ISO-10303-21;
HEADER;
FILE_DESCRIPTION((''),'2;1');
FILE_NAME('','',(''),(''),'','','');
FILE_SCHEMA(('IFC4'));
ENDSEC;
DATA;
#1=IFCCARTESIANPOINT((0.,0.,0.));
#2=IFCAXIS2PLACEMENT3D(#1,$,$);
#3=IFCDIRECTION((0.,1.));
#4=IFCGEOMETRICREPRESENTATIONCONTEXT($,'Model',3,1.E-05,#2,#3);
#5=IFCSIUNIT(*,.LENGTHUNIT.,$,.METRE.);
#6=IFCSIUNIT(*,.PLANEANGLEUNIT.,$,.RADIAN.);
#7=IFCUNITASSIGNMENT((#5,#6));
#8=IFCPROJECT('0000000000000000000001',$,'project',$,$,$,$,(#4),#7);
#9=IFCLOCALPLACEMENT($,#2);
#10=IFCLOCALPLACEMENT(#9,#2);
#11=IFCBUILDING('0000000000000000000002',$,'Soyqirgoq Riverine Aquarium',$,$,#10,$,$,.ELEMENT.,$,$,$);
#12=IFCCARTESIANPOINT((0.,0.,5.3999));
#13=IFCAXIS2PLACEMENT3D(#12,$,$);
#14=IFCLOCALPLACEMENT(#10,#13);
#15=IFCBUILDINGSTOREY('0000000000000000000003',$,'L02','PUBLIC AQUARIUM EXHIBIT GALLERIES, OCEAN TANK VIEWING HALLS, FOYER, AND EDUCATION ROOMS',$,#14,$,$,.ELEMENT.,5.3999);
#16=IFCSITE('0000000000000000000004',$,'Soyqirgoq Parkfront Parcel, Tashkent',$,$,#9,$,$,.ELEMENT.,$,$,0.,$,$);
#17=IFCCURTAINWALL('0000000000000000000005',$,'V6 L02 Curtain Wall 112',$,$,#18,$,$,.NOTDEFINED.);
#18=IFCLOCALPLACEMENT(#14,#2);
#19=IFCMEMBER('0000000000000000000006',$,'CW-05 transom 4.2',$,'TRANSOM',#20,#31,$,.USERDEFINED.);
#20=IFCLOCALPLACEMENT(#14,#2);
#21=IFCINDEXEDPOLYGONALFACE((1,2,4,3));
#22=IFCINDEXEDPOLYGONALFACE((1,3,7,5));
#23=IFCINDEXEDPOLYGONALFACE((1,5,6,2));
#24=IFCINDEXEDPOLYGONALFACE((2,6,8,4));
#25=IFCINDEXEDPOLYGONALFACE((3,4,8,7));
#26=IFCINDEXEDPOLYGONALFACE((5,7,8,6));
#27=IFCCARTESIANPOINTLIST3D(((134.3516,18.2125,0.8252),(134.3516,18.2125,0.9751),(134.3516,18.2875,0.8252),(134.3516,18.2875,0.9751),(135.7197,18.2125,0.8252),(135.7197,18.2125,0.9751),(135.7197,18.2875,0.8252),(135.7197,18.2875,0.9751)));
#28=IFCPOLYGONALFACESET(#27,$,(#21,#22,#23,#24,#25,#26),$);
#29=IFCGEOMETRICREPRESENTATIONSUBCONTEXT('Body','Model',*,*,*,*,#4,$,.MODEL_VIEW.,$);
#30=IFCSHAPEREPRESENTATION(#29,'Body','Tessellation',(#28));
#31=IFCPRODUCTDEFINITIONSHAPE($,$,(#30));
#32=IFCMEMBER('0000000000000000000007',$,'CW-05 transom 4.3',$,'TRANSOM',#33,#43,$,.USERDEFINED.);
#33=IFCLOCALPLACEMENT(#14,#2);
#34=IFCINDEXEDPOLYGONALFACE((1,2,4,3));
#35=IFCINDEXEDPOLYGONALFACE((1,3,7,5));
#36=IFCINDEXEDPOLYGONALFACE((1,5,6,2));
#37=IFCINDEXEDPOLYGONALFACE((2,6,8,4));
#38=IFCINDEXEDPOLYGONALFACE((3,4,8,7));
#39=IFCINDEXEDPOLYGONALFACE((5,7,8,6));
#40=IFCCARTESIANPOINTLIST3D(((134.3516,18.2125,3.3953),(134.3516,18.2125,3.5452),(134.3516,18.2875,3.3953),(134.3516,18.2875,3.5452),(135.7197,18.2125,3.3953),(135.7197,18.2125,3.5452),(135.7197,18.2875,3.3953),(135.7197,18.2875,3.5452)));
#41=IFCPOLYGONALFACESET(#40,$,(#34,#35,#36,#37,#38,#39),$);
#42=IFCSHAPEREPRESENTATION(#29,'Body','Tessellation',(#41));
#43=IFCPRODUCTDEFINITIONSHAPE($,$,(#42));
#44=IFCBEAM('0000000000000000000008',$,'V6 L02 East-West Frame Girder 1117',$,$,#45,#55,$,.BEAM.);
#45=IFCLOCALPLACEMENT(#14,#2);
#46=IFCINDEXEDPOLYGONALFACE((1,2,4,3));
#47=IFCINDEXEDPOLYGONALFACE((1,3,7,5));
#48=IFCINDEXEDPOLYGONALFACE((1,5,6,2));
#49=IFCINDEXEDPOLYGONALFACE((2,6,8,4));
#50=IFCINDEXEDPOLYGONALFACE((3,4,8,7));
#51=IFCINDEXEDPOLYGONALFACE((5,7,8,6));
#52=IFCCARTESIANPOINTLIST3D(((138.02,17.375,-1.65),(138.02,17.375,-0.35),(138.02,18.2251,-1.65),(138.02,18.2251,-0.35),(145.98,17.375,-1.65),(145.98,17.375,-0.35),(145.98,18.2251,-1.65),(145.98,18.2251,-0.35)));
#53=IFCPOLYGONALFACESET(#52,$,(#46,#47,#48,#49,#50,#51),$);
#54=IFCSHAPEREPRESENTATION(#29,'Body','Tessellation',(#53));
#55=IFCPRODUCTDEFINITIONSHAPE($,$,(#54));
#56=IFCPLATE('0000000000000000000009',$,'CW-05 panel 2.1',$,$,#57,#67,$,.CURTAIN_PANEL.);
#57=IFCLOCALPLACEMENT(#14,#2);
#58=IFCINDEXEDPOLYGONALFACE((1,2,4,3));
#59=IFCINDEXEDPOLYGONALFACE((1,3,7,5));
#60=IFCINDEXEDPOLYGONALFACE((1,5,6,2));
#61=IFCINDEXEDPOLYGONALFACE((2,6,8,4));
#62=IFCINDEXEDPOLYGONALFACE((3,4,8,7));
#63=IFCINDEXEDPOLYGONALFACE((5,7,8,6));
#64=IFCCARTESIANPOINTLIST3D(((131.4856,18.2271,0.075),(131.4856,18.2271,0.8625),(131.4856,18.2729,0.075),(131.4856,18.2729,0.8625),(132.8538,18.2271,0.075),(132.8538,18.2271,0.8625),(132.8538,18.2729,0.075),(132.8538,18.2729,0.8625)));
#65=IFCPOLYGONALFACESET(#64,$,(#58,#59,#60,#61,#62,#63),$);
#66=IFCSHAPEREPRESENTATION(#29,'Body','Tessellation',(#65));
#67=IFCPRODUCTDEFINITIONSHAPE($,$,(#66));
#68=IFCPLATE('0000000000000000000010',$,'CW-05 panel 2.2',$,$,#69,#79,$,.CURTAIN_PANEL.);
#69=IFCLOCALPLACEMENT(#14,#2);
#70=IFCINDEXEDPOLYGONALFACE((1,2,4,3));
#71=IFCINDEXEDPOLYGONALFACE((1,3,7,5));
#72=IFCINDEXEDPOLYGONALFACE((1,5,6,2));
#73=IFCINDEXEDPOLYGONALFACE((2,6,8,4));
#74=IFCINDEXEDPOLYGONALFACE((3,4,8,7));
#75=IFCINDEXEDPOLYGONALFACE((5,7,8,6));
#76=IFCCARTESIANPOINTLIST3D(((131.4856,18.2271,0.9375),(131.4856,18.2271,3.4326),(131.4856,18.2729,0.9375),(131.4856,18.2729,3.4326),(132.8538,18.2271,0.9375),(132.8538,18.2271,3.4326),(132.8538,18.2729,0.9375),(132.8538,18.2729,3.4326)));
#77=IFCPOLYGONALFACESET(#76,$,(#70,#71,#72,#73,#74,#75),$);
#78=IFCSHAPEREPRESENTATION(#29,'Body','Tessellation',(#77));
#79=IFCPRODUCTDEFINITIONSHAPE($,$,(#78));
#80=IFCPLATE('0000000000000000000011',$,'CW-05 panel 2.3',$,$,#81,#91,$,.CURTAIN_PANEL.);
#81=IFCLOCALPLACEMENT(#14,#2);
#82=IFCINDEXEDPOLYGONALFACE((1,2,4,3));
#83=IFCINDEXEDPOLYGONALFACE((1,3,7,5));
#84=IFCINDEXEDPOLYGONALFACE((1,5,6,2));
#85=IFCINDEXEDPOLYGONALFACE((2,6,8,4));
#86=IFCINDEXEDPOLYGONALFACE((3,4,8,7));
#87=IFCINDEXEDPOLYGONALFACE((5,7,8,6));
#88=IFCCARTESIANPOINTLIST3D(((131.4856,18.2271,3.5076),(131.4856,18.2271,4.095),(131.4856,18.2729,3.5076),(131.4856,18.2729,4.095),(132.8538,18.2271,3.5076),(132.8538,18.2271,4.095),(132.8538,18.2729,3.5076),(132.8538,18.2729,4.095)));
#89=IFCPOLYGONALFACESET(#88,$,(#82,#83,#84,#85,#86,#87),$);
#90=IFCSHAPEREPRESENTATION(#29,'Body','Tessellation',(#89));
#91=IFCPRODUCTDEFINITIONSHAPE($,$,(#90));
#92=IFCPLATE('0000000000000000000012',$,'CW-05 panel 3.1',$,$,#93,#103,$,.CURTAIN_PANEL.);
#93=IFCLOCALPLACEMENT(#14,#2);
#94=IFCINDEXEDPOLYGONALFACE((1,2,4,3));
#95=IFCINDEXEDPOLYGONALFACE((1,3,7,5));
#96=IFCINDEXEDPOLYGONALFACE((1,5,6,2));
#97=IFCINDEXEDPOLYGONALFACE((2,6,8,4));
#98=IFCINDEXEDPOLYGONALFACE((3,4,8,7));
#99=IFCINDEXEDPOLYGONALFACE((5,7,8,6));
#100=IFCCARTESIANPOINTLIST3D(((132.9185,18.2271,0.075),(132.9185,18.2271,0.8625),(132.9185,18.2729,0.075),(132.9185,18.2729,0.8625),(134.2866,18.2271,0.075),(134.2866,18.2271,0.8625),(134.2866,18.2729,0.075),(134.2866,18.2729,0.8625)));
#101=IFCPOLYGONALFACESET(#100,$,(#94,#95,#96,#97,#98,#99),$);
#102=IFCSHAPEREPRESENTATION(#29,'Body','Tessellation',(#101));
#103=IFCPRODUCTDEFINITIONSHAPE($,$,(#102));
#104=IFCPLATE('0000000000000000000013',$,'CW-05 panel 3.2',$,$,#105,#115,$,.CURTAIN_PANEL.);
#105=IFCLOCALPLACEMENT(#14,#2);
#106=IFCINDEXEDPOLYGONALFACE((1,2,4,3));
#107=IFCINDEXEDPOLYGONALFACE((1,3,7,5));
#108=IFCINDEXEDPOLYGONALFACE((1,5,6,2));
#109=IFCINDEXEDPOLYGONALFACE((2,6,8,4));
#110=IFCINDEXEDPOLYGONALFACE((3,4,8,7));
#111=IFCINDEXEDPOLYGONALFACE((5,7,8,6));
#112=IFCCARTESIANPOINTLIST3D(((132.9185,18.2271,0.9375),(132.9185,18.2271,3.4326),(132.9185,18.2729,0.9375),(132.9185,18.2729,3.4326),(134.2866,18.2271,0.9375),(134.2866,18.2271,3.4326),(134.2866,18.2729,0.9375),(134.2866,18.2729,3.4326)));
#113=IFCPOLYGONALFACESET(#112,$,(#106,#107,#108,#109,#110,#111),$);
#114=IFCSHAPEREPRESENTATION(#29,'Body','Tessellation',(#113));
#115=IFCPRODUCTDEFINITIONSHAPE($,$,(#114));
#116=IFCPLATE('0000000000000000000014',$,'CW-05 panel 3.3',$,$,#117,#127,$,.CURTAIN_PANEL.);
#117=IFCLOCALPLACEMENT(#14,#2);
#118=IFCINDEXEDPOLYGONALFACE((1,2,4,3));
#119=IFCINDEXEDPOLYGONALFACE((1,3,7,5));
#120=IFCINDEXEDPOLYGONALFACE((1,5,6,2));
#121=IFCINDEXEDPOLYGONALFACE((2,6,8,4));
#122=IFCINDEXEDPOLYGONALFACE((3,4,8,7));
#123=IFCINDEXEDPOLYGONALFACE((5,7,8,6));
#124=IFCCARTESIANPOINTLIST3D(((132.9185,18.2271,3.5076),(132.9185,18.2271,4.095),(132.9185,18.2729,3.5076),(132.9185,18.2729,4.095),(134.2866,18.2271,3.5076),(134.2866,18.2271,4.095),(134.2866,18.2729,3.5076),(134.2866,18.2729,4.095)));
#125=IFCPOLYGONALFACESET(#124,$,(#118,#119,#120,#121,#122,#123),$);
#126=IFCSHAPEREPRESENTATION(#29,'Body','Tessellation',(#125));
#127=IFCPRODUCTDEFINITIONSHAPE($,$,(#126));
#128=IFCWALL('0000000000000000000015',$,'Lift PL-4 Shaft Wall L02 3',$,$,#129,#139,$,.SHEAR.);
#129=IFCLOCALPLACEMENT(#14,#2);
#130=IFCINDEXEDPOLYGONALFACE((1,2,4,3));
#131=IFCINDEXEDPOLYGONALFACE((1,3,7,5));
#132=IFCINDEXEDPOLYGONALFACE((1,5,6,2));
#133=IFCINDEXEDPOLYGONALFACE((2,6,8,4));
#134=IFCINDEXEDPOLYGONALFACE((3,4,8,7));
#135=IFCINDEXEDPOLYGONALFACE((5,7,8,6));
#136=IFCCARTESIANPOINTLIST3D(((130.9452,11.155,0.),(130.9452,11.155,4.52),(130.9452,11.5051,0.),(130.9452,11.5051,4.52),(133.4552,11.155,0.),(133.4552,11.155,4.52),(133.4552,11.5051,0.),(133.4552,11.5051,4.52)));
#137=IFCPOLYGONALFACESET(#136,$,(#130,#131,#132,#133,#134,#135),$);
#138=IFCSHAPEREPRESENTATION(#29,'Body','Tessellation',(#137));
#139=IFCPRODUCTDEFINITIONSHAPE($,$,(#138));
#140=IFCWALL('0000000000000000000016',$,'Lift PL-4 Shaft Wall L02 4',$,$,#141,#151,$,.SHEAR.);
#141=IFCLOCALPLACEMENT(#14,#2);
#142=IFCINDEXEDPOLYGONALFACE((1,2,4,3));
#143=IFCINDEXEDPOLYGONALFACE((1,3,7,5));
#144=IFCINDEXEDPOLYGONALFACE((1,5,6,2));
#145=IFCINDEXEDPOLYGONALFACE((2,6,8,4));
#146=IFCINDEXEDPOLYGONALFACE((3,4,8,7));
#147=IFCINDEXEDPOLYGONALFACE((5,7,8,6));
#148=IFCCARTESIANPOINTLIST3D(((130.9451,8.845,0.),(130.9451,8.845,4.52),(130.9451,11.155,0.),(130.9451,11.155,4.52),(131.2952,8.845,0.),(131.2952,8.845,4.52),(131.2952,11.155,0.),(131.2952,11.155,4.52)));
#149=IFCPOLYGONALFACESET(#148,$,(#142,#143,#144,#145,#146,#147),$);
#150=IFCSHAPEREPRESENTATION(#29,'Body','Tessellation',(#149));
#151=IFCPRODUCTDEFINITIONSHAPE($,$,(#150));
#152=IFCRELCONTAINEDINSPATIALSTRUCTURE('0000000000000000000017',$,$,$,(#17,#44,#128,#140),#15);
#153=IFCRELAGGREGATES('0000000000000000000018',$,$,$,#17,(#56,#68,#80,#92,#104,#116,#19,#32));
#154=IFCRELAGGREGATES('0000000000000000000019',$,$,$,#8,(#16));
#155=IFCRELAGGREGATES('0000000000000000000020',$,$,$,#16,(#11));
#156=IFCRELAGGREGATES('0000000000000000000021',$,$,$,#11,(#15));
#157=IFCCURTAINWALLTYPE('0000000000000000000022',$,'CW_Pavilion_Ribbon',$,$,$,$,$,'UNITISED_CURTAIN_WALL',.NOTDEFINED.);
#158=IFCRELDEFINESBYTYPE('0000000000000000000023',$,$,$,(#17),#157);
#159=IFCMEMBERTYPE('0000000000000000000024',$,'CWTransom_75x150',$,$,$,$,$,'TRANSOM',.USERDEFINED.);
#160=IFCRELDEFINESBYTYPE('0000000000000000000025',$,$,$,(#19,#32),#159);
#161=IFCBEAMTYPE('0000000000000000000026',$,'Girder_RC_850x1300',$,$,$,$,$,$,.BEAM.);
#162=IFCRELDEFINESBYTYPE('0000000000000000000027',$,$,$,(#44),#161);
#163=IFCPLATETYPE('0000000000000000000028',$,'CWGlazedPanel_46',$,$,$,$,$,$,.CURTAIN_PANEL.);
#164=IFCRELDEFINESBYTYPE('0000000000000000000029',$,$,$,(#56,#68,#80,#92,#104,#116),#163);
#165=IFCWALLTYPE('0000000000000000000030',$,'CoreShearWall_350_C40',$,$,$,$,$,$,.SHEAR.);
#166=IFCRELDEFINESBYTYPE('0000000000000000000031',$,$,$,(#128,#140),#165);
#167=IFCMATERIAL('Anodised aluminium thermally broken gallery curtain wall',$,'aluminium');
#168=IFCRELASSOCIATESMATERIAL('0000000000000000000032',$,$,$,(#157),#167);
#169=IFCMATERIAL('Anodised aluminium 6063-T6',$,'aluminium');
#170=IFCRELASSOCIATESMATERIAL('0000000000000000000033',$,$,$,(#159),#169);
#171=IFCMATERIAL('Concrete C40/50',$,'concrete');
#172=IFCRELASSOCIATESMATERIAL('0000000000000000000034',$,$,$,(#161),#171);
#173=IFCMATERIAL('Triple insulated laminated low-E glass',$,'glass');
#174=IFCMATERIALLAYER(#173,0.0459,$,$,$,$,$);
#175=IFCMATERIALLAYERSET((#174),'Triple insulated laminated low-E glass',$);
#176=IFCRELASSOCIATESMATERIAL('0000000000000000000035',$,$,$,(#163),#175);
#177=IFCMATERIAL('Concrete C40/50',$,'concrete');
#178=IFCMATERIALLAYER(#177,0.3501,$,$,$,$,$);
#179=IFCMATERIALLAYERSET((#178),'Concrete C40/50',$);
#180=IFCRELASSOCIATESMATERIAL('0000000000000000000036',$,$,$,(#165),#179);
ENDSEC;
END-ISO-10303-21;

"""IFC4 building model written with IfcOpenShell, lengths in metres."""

from ifc_helpers import new_model, si_unit, direction, frame, frame_2d, origin, origin_2d, place, context, subcontext, project, spatial, rectangle, extrude, material, layer, layer_set, material_profile, profile_set, type_object, element, aggregate, save


model = new_model("IFC4")

# Units and contexts
model_context = context("Model", 3, precision=1e-05, world=origin(), true_north=direction((0.0, 1.0)))
body_context = subcontext(model_context, "Body", "Model", "MODEL_VIEW")
ifc_project = project(units=[si_unit("LENGTHUNIT", "METRE"), si_unit("PLANEANGLEUNIT", "RADIAN")], contexts=[model_context])

# Site, building, storey
site_placement = place(None, origin())
site = spatial("IfcSite", under=ifc_project, at=site_placement, Name="Soyqirgoq Parkfront Parcel, Tashkent", CompositionType="ELEMENT", RefElevation=0.0)
building_placement = place(site_placement, origin())
building = spatial("IfcBuilding", under=site, at=building_placement, Name="Soyqirgoq Riverine Aquarium", CompositionType="ELEMENT")
storey_placement = place(building_placement, frame((0.0, 0.0, 5.3999)))
storey = spatial("IfcBuildingStorey", under=building, at=storey_placement, Name="L02", Description="PUBLIC AQUARIUM EXHIBIT GALLERIES, OCEAN TANK VIEWING HALLS, FOYER, AND EDUCATION ROOMS", CompositionType="ELEMENT", Elevation=5.3999)

# Curtain wall, members
ifc_material_1 = material(Name="Anodised aluminium thermally broken gallery curtain wall", Category="aluminium")
curtain_wall_type = type_object("IfcCurtainWallType", Name="CW_Pavilion_Ribbon", ElementType="UNITISED_CURTAIN_WALL", PredefinedType="NOTDEFINED", material=ifc_material_1)
curtain_wall_placement = place(storey_placement, origin())
curtain_wall = element("IfcCurtainWall", 1, at=curtain_wall_placement, inside=storey, type_object=curtain_wall_type, Name="V6 L02 Curtain Wall 112", PredefinedType="NOTDEFINED")
ifc_material_2 = material(Name="Anodised aluminium 6063-T6", Category="aluminium")
ifc_material_profile_1 = material_profile(ifc_material_2, rectangle(XDim=0.075, YDim=0.1499, at=origin_2d()), Name="ALU-T 75x150")
ifc_profile_set_1 = profile_set([ifc_material_profile_1], Name="Anodised aluminium 6063-T6")
member_type_1 = type_object("IfcMemberType", Name="CWTransom_75x150", ElementType="TRANSOM", PredefinedType="USERDEFINED", material=ifc_profile_set_1)
member_1_placement = place(storey_placement, frame((134.3516, 18.25, 0.9001), z_axis=(1.0, 0.0, 0.0), x_axis=(0.0, 1.0, 0.0)))
member_1 = element("IfcMember", 2, at=member_1_placement, type_object=member_type_1, Name="CW-05 transom 4.2", ObjectType="TRANSOM", PredefinedType="USERDEFINED", context=body_context, shape_type="SweptSolid", body=[
    extrude(rectangle(XDim=0.075, YDim=0.1499, at=origin_2d()), origin(), (0.0, 0.0, 1.0), 1.3682),
])
member_2_placement = place(storey_placement, frame((134.3516, 18.25, 3.4702), z_axis=(1.0, 0.0, 0.0), x_axis=(0.0, 1.0, 0.0)))
member_2 = element("IfcMember", 3, at=member_2_placement, type_object=member_type_1, Name="CW-05 transom 4.3", ObjectType="TRANSOM", PredefinedType="USERDEFINED", context=body_context, shape_type="SweptSolid", body=[
    extrude(rectangle(XDim=0.075, YDim=0.1499, at=origin_2d()), origin(), (0.0, 0.0, 1.0), 1.3682),
])

# Beam
ifc_material_3 = material(Name="Concrete C40/50", Category="concrete")
ifc_material_profile_2 = material_profile(ifc_material_3, rectangle(XDim=0.8501, YDim=1.3, at=origin_2d()), Name="RC 850x1300")
ifc_profile_set_2 = profile_set([ifc_material_profile_2], Name="Concrete C40/50")
beam_type_1 = type_object("IfcBeamType", Name="Girder_RC_850x1300", PredefinedType="BEAM", material=ifc_profile_set_2)
beam_1_placement = place(storey_placement, frame((138.02, 17.8, -1.0), z_axis=(1.0, 0.0, 0.0), x_axis=(0.0, 1.0, 0.0)))
element("IfcBeam", 4, at=beam_1_placement, inside=storey, type_object=beam_type_1, Name="V6 L02 East-West Frame Girder 1117", PredefinedType="BEAM", context=body_context, shape_type="SweptSolid", body=[
    extrude(rectangle(XDim=0.8501, YDim=1.3, at=origin_2d()), origin(), (0.0, 0.0, 1.0), 7.96),
])

# Plates
ifc_material_4 = material(Name="Triple insulated laminated low-E glass", Category="glass")
ifc_layer_1 = layer(ifc_material_4, 0.0459)
ifc_layer_set_1 = layer_set([ifc_layer_1], Name="Triple insulated laminated low-E glass")
plate_type = type_object("IfcPlateType", Name="CWGlazedPanel_46", PredefinedType="CURTAIN_PANEL", material=ifc_layer_set_1)
plate_1_placement = place(storey_placement, frame((132.1697, 18.25, 0.075), z_axis=(0.0, 0.0, 1.0), x_axis=(1.0, 0.0, 0.0)))
plate_1 = element("IfcPlate", 5, at=plate_1_placement, type_object=plate_type, Name="CW-05 panel 2.1", PredefinedType="CURTAIN_PANEL", context=body_context, shape_type="SweptSolid", body=[
    extrude(rectangle(XDim=1.3682, YDim=0.0459, at=origin_2d()), origin(), (0.0, 0.0, 1.0), 0.7876),
])
plate_2_placement = place(storey_placement, frame((132.1697, 18.25, 0.9375), z_axis=(0.0, 0.0, 1.0), x_axis=(1.0, 0.0, 0.0)))
plate_2 = element("IfcPlate", 6, at=plate_2_placement, type_object=plate_type, Name="CW-05 panel 2.2", PredefinedType="CURTAIN_PANEL", context=body_context, shape_type="SweptSolid", body=[
    extrude(rectangle(XDim=1.3682, YDim=0.0459, at=origin_2d()), origin(), (0.0, 0.0, 1.0), 2.4951),
])
plate_3_placement = place(storey_placement, frame((132.1697, 18.25, 3.5076), z_axis=(0.0, 0.0, 1.0), x_axis=(1.0, 0.0, 0.0)))
plate_3 = element("IfcPlate", 7, at=plate_3_placement, type_object=plate_type, Name="CW-05 panel 2.3", PredefinedType="CURTAIN_PANEL", context=body_context, shape_type="SweptSolid", body=[
    extrude(rectangle(XDim=1.3682, YDim=0.0459, at=origin_2d()), origin(), (0.0, 0.0, 1.0), 0.5874),
])
plate_4_placement = place(storey_placement, frame((133.6025, 18.25, 0.075), z_axis=(0.0, 0.0, 1.0), x_axis=(1.0, 0.0, 0.0)))
plate_4 = element("IfcPlate", 8, at=plate_4_placement, type_object=plate_type, Name="CW-05 panel 3.1", PredefinedType="CURTAIN_PANEL", context=body_context, shape_type="SweptSolid", body=[
    extrude(rectangle(XDim=1.3682, YDim=0.0459, at=origin_2d()), origin(), (0.0, 0.0, 1.0), 0.7876),
])
plate_5_placement = place(storey_placement, frame((133.6025, 18.25, 0.9375), z_axis=(0.0, 0.0, 1.0), x_axis=(1.0, 0.0, 0.0)))
plate_5 = element("IfcPlate", 9, at=plate_5_placement, type_object=plate_type, Name="CW-05 panel 3.2", PredefinedType="CURTAIN_PANEL", context=body_context, shape_type="SweptSolid", body=[
    extrude(rectangle(XDim=1.3682, YDim=0.0459, at=origin_2d()), origin(), (0.0, 0.0, 1.0), 2.4951),
])
plate_6_placement = place(storey_placement, frame((133.6025, 18.25, 3.5076), z_axis=(0.0, 0.0, 1.0), x_axis=(1.0, 0.0, 0.0)))
plate_6 = element("IfcPlate", 10, at=plate_6_placement, type_object=plate_type, Name="CW-05 panel 3.3", PredefinedType="CURTAIN_PANEL", context=body_context, shape_type="SweptSolid", body=[
    extrude(rectangle(XDim=1.3682, YDim=0.0459, at=origin_2d()), origin(), (0.0, 0.0, 1.0), 0.5874),
])
aggregate(curtain_wall, [plate_1, plate_2, plate_3, plate_4, plate_5, plate_6, member_1, member_2])

# Walls
ifc_material_5 = material(Name="Concrete C40/50", Category="concrete")
ifc_layer_2 = layer(ifc_material_5, 0.3501)
ifc_layer_set_2 = layer_set([ifc_layer_2], Name="Concrete C40/50")
wall_type = type_object("IfcWallType", Name="CoreShearWall_350_C40", PredefinedType="SHEAR", material=ifc_layer_set_2)
wall_1_placement = place(storey_placement, frame((133.4551, 11.3301, 0.0), z_axis=(0.0, 0.0, 1.0), x_axis=(-1.0, 0.0, 0.0)))
element("IfcWall", 11, at=wall_1_placement, inside=storey, type_object=wall_type, Name="Lift PL-4 Shaft Wall L02 3", PredefinedType="SHEAR", context=body_context, shape_type="SweptSolid", body=[
    extrude(rectangle(XDim=2.51, YDim=0.3501, at=frame_2d((1.2549, 0.0))), origin(), (0.0, 0.0, 1.0), 4.52),
])
wall_2_placement = place(storey_placement, frame((131.1201, 11.155, 0.0), z_axis=(0.0, 0.0, 1.0), x_axis=(0.0, -1.0, 0.0)))
element("IfcWall", 12, at=wall_2_placement, inside=storey, type_object=wall_type, Name="Lift PL-4 Shaft Wall L02 4", PredefinedType="SHEAR", context=body_context, shape_type="SweptSolid", body=[
    extrude(rectangle(XDim=2.3101, YDim=0.3501, at=frame_2d((1.155, 0.0))), origin(), (0.0, 0.0, 1.0), 4.52),
])

save(model, "model.ifc")
